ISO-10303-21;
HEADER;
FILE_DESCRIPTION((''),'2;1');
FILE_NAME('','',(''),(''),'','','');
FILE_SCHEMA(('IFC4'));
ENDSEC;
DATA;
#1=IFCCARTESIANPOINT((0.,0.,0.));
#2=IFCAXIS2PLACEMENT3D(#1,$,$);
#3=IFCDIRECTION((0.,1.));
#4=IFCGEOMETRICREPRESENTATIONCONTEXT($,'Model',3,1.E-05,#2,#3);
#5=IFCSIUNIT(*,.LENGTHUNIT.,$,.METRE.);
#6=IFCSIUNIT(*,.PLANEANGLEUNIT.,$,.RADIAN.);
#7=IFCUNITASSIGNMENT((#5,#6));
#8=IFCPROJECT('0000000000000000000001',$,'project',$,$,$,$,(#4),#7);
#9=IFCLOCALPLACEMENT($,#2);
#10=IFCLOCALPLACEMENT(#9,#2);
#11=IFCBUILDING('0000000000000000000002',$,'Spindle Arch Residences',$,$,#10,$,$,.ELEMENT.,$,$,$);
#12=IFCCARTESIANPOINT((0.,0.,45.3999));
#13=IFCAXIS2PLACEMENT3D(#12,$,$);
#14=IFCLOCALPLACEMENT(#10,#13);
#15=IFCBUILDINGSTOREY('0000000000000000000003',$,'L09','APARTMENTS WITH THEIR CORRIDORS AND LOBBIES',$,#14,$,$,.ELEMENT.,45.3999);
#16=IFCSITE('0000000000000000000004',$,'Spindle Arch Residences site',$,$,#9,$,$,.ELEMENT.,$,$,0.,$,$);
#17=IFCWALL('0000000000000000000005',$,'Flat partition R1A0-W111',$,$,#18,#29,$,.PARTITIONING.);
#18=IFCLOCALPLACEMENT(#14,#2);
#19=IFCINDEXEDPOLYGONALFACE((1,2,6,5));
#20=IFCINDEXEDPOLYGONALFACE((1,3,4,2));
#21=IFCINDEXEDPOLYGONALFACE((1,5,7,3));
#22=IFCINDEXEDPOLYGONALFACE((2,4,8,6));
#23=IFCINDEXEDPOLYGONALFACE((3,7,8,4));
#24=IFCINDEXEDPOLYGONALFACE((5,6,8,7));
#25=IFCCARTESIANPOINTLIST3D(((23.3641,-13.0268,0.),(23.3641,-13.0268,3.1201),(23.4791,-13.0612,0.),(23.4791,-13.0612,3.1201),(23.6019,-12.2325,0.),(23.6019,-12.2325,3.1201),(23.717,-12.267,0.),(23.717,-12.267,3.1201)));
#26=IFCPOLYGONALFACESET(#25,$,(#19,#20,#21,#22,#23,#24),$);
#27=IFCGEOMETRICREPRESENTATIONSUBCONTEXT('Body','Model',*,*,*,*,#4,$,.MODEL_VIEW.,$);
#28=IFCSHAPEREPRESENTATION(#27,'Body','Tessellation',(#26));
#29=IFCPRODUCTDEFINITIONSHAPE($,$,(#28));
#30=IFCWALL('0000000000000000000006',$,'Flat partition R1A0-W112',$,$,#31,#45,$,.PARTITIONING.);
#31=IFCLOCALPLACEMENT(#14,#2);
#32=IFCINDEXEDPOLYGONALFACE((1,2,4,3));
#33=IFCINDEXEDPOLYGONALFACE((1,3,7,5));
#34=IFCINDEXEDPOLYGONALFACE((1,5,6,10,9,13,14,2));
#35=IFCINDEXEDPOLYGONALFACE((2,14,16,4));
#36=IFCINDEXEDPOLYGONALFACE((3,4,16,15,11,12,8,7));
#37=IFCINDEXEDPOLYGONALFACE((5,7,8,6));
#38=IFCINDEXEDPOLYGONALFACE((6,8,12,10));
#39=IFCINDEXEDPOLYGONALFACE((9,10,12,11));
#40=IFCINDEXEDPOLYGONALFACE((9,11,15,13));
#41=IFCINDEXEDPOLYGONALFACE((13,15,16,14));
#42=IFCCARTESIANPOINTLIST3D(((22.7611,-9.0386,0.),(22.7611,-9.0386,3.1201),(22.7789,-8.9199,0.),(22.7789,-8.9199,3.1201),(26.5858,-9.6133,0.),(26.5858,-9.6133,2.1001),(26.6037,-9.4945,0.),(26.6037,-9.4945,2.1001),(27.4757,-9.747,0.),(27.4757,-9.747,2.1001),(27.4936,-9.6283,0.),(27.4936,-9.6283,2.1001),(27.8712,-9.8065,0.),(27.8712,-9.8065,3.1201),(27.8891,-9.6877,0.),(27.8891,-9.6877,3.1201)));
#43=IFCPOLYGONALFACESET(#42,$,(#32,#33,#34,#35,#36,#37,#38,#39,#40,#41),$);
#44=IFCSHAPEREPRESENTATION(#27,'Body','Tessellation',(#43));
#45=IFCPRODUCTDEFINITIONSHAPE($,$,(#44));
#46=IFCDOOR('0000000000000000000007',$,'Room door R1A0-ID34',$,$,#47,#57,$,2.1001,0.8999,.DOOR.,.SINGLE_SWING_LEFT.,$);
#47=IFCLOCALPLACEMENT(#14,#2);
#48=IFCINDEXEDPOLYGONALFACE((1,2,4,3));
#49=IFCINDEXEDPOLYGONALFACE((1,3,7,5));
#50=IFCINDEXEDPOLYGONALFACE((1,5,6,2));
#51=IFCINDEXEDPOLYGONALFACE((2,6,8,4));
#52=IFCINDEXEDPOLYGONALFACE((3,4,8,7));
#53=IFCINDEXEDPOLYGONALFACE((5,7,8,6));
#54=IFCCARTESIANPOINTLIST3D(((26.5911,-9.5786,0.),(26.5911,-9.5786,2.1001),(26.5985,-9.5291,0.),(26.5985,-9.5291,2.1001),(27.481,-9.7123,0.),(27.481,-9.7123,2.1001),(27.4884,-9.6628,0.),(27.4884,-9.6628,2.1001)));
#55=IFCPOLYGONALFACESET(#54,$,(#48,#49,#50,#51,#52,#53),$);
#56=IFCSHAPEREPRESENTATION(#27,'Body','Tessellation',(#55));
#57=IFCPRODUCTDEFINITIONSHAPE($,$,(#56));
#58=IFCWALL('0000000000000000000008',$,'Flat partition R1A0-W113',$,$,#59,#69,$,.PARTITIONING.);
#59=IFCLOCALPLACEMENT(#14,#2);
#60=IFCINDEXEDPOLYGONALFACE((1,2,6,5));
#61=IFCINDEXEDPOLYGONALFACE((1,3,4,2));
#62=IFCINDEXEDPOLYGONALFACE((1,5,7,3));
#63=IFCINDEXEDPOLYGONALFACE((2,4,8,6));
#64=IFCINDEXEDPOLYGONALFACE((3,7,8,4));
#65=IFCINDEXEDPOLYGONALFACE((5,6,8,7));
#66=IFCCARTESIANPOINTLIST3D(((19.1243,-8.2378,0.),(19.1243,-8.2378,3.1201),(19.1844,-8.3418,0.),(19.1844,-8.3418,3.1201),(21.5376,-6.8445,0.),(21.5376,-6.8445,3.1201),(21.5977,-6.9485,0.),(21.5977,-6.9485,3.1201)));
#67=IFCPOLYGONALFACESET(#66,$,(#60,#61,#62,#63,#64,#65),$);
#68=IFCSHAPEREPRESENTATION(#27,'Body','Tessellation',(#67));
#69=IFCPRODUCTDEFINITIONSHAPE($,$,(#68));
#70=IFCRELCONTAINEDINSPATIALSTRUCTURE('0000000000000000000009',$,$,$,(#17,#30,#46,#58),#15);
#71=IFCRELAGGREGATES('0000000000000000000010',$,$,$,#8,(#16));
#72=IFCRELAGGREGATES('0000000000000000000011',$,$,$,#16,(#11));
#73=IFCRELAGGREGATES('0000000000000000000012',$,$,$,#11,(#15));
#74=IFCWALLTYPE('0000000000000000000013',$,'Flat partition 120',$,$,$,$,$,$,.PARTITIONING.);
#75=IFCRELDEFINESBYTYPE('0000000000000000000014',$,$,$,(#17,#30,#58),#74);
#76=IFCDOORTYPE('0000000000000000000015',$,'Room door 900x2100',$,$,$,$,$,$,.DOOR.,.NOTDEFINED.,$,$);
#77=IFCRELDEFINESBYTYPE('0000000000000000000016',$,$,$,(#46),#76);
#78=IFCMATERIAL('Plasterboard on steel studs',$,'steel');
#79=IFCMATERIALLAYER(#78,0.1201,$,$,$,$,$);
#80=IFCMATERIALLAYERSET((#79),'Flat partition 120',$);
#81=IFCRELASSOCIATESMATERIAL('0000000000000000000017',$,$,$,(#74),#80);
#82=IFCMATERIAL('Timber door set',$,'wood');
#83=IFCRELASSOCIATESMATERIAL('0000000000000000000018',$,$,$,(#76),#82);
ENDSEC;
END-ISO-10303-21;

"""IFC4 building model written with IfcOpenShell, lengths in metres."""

from ifc_helpers import new_model, si_unit, direction, frame, frame_2d, origin, place, context, subcontext, project, spatial, rectangle, extrude, material, layer, layer_set, type_object, element, fill, save


model = new_model("IFC4")

# Units and contexts
model_context = context("Model", 3, precision=1e-05, world=origin(), true_north=direction((0.0, 1.0)))
body_context = subcontext(model_context, "Body", "Model", "MODEL_VIEW")
ifc_project = project(units=[si_unit("LENGTHUNIT", "METRE"), si_unit("PLANEANGLEUNIT", "RADIAN")], contexts=[model_context])

# Site, building, storey
site_placement = place(None, origin())
site = spatial("IfcSite", under=ifc_project, at=site_placement, Name="Spindle Arch Residences site", CompositionType="ELEMENT", RefElevation=0.0)
building_placement = place(site_placement, origin())
building = spatial("IfcBuilding", under=site, at=building_placement, Name="Spindle Arch Residences", CompositionType="ELEMENT")
storey_placement = place(building_placement, frame((0.0, 0.0, 45.3999)))
storey = spatial("IfcBuildingStorey", under=building, at=storey_placement, Name="L09", Description="APARTMENTS WITH THEIR CORRIDORS AND LOBBIES", CompositionType="ELEMENT", Elevation=45.3999)

# Shared definitions
ifc_material_1 = material(Name="Plasterboard on steel studs", Category="steel")
ifc_layer_1 = layer(ifc_material_1, 0.1201)
ifc_layer_set_1 = layer_set([ifc_layer_1], Name="Flat partition 120")
wall_type = type_object("IfcWallType", Name="Flat partition 120", PredefinedType="PARTITIONING", material=ifc_layer_set_1)
ifc_material_2 = material(Name="Timber door set", Category="wood")
door_type = type_object("IfcDoorType", Name="Room door 900x2100", OperationType="NOTDEFINED", PredefinedType="DOOR", material=ifc_material_2)

# Wall
wall_1_placement = place(storey_placement, frame((23.6594, -12.2498, 0.0), z_axis=(0.0, 0.0, 1.0), x_axis=(-0.286835, -0.95798, 0.0)))
element("IfcWall", 1, at=wall_1_placement, inside=storey, type_object=wall_type, Name="Flat partition R1A0-W111", PredefinedType="PARTITIONING", context=body_context, shape_type="SweptSolid", body=[
    extrude(rectangle(XDim=0.8291, YDim=0.1201, at=frame_2d((0.4146, 0.0))), origin(), (0.0, 0.0, 1.0), 3.1201),
])

# Wall, opening, door
wall_2_placement = place(storey_placement, frame((27.8801, -9.7471, 0.0), z_axis=(0.0, 0.0, 1.0), x_axis=(-0.988899, 0.148588, 0.0)))
wall_2 = element("IfcWall", 2, at=wall_2_placement, inside=storey, type_object=wall_type, Name="Flat partition R1A0-W112", PredefinedType="PARTITIONING", context=body_context, shape_type="SweptSolid", body=[
    extrude(rectangle(XDim=5.1675, YDim=0.1201, at=frame_2d((2.5837, 0.0))), origin(), (0.0, 0.0, 1.0), 3.1201),
])
opening_1_placement = place(wall_2_placement, frame((0.3999, 0.0, 0.0)))
opening_1 = element("IfcOpeningElement", 3, at=opening_1_placement, cuts=wall_2, PredefinedType="OPENING", context=body_context, shape_type="SweptSolid", body=[
    extrude(rectangle(XDim=0.8999, YDim=2.1001, at=frame_2d((0.45, 1.05))), frame((0.0, 0.0701, 0.0), z_axis=(0.0, -1.0, 0.0), x_axis=(1.0, 0.0, 0.0)), (0.0, 0.0, 1.0), 0.1401),
])
door_1_placement = place(opening_1_placement, origin())
door_1 = element("IfcDoor", 4, at=door_1_placement, inside=storey, type_object=door_type, Name="Room door R1A0-ID34", OperationType="SINGLE_SWING_LEFT", OverallHeight=2.1001, OverallWidth=0.8999, PredefinedType="DOOR", context=body_context, shape_type="SweptSolid", body=[
    extrude(rectangle(XDim=0.8999, YDim=2.1001, at=frame_2d((0.45, 1.05))), frame((0.0, 0.0249, 0.0), z_axis=(0.0, -1.0, 0.0), x_axis=(1.0, 0.0, 0.0)), (0.0, 0.0, 1.0), 0.05),
])
fill(opening_1, door_1)

# Wall
wall_3_placement = place(storey_placement, frame((21.5676, -6.8965, 0.0), z_axis=(0.0, 0.0, 1.0), x_axis=(-0.866029, -0.499993, 0.0)))
element("IfcWall", 5, at=wall_3_placement, inside=storey, type_object=wall_type, Name="Flat partition R1A0-W113", PredefinedType="PARTITIONING", context=body_context, shape_type="SweptSolid", body=[
    extrude(rectangle(XDim=2.7866, YDim=0.1201, at=frame_2d((1.3933, 0.0))), origin(), (0.0, 0.0, 1.0), 3.1201),
])

save(model, "model.ifc")
